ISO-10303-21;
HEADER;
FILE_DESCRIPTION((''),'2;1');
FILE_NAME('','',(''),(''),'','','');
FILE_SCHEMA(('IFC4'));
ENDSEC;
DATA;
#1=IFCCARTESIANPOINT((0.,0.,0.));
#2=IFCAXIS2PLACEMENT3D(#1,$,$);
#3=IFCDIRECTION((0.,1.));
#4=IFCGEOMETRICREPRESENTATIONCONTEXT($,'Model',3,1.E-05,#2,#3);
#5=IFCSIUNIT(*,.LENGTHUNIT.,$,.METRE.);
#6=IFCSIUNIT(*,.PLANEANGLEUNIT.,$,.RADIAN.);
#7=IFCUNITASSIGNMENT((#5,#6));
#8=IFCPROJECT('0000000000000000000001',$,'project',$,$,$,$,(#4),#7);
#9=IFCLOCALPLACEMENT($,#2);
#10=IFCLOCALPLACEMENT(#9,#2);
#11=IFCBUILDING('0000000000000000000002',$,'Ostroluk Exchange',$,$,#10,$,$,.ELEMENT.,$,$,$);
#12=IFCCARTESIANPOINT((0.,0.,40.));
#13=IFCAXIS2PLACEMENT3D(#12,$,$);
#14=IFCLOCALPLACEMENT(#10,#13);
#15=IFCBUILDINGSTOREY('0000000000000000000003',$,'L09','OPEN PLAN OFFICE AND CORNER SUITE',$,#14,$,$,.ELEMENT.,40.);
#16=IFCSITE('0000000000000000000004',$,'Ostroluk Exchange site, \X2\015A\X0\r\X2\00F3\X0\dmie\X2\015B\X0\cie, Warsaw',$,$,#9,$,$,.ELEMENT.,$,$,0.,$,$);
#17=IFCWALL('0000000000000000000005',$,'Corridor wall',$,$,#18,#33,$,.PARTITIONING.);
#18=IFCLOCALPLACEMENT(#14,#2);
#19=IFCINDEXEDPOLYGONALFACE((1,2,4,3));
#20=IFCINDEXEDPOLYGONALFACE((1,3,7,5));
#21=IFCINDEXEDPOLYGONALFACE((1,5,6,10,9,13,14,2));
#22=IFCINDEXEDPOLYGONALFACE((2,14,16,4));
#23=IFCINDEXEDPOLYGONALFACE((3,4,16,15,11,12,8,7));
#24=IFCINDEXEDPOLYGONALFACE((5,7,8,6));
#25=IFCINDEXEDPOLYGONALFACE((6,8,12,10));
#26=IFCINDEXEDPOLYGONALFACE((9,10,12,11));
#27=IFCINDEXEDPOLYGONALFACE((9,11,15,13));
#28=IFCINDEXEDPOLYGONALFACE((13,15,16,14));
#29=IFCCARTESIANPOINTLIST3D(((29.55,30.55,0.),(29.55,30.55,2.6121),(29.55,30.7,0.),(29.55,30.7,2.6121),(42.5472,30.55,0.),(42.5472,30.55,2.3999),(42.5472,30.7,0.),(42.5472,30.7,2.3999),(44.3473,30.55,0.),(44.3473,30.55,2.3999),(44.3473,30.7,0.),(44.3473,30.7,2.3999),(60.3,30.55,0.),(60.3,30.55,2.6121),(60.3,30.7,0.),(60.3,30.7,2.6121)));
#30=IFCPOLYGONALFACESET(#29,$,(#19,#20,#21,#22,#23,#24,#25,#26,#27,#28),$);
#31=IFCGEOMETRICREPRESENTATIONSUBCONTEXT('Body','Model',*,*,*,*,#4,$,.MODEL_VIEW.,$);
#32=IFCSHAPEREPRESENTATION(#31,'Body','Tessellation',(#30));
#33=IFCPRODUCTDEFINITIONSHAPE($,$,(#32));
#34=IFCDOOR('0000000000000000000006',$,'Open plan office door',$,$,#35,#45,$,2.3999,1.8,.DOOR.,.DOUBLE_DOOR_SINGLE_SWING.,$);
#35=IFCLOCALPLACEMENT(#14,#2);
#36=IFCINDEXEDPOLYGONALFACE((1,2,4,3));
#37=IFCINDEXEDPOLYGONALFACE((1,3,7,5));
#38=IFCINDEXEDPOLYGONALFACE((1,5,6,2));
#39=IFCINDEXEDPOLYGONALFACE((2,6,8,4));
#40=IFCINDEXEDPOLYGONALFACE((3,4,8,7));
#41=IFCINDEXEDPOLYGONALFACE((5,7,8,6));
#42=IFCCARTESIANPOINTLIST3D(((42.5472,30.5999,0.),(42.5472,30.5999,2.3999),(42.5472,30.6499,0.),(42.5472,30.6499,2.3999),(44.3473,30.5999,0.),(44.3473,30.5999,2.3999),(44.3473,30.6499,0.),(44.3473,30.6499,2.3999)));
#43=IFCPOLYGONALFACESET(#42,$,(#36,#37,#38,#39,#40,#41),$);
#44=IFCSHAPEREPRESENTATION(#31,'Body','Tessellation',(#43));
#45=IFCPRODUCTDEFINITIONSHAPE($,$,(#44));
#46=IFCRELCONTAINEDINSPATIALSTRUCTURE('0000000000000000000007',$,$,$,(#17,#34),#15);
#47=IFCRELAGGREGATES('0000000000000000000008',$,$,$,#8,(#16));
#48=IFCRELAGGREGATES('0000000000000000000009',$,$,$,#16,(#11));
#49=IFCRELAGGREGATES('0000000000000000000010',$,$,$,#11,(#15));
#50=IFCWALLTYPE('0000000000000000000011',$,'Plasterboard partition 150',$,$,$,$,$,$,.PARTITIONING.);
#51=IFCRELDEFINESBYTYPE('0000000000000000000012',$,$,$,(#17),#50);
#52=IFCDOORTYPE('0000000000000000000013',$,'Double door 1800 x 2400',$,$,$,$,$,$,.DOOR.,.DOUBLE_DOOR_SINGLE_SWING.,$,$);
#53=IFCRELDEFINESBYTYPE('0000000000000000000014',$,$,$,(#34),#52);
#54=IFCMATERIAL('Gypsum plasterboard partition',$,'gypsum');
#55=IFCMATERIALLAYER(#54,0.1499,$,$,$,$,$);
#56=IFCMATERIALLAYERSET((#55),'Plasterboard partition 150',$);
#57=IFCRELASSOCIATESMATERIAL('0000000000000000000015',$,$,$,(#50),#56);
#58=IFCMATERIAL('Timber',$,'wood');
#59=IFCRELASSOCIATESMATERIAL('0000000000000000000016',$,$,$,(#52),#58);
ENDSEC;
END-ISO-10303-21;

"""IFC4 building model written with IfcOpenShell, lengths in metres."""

from ifc_helpers import new_model, si_unit, direction, frame, frame_2d, origin, place, context, subcontext, project, spatial, rectangle, extrude, material, layer, layer_set, type_object, element, fill, save


model = new_model("IFC4")

# Units and contexts
model_context = context("Model", 3, precision=1e-05, world=origin(), true_north=direction((0.0, 1.0)))
body_context = subcontext(model_context, "Body", "Model", "MODEL_VIEW")
ifc_project = project(units=[si_unit("LENGTHUNIT", "METRE"), si_unit("PLANEANGLEUNIT", "RADIAN")], contexts=[model_context])

# Site, building, storey
site_placement = place(None, origin())
site = spatial("IfcSite", under=ifc_project, at=site_placement, Name="Ostroluk Exchange site, Śródmieście, Warsaw", CompositionType="ELEMENT", RefElevation=0.0)
building_placement = place(site_placement, origin())
building = spatial("IfcBuilding", under=site, at=building_placement, Name="Ostroluk Exchange", CompositionType="ELEMENT")
storey_placement = place(building_placement, frame((0.0, 0.0, 40.0)))
storey = spatial("IfcBuildingStorey", under=building, at=storey_placement, Name="L09", Description="OPEN PLAN OFFICE AND CORNER SUITE", CompositionType="ELEMENT", Elevation=40.0)

# Shared definitions
ifc_material_1 = material(Name="Gypsum plasterboard partition", Category="gypsum")
ifc_layer_1 = layer(ifc_material_1, 0.1499)
ifc_layer_set_1 = layer_set([ifc_layer_1], Name="Plasterboard partition 150")
wall_type = type_object("IfcWallType", Name="Plasterboard partition 150", PredefinedType="PARTITIONING", material=ifc_layer_set_1)

# Wall, opening, door
wall_1_placement = place(storey_placement, frame((29.55, 30.625, 0.0), z_axis=(0.0, 0.0, 1.0), x_axis=(1.0, 0.0, 0.0)))
wall_1 = element("IfcWall", 1, at=wall_1_placement, inside=storey, type_object=wall_type, Name="Corridor wall", PredefinedType="PARTITIONING", context=body_context, shape_type="SweptSolid", body=[
    extrude(rectangle(XDim=30.75, YDim=0.1499, at=frame_2d((15.375, 0.0))), origin(), (0.0, 0.0, 1.0), 2.6121),
])
opening_1_placement = place(wall_1_placement, frame((12.9973, 0.0, 0.0)))
opening_1 = element("IfcOpeningElement", 2, at=opening_1_placement, cuts=wall_1, PredefinedType="OPENING", context=body_context, shape_type="SweptSolid", body=[
    extrude(rectangle(XDim=1.8, YDim=2.3999, at=frame_2d((0.8999, 1.2))), frame((0.0, 0.085, 0.0), z_axis=(0.0, -1.0, 0.0), x_axis=(1.0, 0.0, 0.0)), (0.0, 0.0, 1.0), 0.1699),
])
ifc_material_2 = material(Name="Timber", Category="wood")
door_type_1 = type_object("IfcDoorType", Name="Double door 1800 x 2400", OperationType="DOUBLE_DOOR_SINGLE_SWING", PredefinedType="DOOR", material=ifc_material_2)
door_1_placement = place(opening_1_placement, origin())
door_1 = element("IfcDoor", 3, at=door_1_placement, inside=storey, type_object=door_type_1, Name="Open plan office door", OperationType="DOUBLE_DOOR_SINGLE_SWING", OverallHeight=2.3999, OverallWidth=1.8, PredefinedType="DOOR", context=body_context, shape_type="SweptSolid", body=[
    extrude(rectangle(XDim=1.8, YDim=2.3999, at=frame_2d((0.8999, 1.2))), frame((0.0, 0.0249, 0.0), z_axis=(0.0, -1.0, 0.0), x_axis=(1.0, 0.0, 0.0)), (0.0, 0.0, 1.0), 0.05),
])
fill(opening_1, door_1)

save(model, "model.ifc")
